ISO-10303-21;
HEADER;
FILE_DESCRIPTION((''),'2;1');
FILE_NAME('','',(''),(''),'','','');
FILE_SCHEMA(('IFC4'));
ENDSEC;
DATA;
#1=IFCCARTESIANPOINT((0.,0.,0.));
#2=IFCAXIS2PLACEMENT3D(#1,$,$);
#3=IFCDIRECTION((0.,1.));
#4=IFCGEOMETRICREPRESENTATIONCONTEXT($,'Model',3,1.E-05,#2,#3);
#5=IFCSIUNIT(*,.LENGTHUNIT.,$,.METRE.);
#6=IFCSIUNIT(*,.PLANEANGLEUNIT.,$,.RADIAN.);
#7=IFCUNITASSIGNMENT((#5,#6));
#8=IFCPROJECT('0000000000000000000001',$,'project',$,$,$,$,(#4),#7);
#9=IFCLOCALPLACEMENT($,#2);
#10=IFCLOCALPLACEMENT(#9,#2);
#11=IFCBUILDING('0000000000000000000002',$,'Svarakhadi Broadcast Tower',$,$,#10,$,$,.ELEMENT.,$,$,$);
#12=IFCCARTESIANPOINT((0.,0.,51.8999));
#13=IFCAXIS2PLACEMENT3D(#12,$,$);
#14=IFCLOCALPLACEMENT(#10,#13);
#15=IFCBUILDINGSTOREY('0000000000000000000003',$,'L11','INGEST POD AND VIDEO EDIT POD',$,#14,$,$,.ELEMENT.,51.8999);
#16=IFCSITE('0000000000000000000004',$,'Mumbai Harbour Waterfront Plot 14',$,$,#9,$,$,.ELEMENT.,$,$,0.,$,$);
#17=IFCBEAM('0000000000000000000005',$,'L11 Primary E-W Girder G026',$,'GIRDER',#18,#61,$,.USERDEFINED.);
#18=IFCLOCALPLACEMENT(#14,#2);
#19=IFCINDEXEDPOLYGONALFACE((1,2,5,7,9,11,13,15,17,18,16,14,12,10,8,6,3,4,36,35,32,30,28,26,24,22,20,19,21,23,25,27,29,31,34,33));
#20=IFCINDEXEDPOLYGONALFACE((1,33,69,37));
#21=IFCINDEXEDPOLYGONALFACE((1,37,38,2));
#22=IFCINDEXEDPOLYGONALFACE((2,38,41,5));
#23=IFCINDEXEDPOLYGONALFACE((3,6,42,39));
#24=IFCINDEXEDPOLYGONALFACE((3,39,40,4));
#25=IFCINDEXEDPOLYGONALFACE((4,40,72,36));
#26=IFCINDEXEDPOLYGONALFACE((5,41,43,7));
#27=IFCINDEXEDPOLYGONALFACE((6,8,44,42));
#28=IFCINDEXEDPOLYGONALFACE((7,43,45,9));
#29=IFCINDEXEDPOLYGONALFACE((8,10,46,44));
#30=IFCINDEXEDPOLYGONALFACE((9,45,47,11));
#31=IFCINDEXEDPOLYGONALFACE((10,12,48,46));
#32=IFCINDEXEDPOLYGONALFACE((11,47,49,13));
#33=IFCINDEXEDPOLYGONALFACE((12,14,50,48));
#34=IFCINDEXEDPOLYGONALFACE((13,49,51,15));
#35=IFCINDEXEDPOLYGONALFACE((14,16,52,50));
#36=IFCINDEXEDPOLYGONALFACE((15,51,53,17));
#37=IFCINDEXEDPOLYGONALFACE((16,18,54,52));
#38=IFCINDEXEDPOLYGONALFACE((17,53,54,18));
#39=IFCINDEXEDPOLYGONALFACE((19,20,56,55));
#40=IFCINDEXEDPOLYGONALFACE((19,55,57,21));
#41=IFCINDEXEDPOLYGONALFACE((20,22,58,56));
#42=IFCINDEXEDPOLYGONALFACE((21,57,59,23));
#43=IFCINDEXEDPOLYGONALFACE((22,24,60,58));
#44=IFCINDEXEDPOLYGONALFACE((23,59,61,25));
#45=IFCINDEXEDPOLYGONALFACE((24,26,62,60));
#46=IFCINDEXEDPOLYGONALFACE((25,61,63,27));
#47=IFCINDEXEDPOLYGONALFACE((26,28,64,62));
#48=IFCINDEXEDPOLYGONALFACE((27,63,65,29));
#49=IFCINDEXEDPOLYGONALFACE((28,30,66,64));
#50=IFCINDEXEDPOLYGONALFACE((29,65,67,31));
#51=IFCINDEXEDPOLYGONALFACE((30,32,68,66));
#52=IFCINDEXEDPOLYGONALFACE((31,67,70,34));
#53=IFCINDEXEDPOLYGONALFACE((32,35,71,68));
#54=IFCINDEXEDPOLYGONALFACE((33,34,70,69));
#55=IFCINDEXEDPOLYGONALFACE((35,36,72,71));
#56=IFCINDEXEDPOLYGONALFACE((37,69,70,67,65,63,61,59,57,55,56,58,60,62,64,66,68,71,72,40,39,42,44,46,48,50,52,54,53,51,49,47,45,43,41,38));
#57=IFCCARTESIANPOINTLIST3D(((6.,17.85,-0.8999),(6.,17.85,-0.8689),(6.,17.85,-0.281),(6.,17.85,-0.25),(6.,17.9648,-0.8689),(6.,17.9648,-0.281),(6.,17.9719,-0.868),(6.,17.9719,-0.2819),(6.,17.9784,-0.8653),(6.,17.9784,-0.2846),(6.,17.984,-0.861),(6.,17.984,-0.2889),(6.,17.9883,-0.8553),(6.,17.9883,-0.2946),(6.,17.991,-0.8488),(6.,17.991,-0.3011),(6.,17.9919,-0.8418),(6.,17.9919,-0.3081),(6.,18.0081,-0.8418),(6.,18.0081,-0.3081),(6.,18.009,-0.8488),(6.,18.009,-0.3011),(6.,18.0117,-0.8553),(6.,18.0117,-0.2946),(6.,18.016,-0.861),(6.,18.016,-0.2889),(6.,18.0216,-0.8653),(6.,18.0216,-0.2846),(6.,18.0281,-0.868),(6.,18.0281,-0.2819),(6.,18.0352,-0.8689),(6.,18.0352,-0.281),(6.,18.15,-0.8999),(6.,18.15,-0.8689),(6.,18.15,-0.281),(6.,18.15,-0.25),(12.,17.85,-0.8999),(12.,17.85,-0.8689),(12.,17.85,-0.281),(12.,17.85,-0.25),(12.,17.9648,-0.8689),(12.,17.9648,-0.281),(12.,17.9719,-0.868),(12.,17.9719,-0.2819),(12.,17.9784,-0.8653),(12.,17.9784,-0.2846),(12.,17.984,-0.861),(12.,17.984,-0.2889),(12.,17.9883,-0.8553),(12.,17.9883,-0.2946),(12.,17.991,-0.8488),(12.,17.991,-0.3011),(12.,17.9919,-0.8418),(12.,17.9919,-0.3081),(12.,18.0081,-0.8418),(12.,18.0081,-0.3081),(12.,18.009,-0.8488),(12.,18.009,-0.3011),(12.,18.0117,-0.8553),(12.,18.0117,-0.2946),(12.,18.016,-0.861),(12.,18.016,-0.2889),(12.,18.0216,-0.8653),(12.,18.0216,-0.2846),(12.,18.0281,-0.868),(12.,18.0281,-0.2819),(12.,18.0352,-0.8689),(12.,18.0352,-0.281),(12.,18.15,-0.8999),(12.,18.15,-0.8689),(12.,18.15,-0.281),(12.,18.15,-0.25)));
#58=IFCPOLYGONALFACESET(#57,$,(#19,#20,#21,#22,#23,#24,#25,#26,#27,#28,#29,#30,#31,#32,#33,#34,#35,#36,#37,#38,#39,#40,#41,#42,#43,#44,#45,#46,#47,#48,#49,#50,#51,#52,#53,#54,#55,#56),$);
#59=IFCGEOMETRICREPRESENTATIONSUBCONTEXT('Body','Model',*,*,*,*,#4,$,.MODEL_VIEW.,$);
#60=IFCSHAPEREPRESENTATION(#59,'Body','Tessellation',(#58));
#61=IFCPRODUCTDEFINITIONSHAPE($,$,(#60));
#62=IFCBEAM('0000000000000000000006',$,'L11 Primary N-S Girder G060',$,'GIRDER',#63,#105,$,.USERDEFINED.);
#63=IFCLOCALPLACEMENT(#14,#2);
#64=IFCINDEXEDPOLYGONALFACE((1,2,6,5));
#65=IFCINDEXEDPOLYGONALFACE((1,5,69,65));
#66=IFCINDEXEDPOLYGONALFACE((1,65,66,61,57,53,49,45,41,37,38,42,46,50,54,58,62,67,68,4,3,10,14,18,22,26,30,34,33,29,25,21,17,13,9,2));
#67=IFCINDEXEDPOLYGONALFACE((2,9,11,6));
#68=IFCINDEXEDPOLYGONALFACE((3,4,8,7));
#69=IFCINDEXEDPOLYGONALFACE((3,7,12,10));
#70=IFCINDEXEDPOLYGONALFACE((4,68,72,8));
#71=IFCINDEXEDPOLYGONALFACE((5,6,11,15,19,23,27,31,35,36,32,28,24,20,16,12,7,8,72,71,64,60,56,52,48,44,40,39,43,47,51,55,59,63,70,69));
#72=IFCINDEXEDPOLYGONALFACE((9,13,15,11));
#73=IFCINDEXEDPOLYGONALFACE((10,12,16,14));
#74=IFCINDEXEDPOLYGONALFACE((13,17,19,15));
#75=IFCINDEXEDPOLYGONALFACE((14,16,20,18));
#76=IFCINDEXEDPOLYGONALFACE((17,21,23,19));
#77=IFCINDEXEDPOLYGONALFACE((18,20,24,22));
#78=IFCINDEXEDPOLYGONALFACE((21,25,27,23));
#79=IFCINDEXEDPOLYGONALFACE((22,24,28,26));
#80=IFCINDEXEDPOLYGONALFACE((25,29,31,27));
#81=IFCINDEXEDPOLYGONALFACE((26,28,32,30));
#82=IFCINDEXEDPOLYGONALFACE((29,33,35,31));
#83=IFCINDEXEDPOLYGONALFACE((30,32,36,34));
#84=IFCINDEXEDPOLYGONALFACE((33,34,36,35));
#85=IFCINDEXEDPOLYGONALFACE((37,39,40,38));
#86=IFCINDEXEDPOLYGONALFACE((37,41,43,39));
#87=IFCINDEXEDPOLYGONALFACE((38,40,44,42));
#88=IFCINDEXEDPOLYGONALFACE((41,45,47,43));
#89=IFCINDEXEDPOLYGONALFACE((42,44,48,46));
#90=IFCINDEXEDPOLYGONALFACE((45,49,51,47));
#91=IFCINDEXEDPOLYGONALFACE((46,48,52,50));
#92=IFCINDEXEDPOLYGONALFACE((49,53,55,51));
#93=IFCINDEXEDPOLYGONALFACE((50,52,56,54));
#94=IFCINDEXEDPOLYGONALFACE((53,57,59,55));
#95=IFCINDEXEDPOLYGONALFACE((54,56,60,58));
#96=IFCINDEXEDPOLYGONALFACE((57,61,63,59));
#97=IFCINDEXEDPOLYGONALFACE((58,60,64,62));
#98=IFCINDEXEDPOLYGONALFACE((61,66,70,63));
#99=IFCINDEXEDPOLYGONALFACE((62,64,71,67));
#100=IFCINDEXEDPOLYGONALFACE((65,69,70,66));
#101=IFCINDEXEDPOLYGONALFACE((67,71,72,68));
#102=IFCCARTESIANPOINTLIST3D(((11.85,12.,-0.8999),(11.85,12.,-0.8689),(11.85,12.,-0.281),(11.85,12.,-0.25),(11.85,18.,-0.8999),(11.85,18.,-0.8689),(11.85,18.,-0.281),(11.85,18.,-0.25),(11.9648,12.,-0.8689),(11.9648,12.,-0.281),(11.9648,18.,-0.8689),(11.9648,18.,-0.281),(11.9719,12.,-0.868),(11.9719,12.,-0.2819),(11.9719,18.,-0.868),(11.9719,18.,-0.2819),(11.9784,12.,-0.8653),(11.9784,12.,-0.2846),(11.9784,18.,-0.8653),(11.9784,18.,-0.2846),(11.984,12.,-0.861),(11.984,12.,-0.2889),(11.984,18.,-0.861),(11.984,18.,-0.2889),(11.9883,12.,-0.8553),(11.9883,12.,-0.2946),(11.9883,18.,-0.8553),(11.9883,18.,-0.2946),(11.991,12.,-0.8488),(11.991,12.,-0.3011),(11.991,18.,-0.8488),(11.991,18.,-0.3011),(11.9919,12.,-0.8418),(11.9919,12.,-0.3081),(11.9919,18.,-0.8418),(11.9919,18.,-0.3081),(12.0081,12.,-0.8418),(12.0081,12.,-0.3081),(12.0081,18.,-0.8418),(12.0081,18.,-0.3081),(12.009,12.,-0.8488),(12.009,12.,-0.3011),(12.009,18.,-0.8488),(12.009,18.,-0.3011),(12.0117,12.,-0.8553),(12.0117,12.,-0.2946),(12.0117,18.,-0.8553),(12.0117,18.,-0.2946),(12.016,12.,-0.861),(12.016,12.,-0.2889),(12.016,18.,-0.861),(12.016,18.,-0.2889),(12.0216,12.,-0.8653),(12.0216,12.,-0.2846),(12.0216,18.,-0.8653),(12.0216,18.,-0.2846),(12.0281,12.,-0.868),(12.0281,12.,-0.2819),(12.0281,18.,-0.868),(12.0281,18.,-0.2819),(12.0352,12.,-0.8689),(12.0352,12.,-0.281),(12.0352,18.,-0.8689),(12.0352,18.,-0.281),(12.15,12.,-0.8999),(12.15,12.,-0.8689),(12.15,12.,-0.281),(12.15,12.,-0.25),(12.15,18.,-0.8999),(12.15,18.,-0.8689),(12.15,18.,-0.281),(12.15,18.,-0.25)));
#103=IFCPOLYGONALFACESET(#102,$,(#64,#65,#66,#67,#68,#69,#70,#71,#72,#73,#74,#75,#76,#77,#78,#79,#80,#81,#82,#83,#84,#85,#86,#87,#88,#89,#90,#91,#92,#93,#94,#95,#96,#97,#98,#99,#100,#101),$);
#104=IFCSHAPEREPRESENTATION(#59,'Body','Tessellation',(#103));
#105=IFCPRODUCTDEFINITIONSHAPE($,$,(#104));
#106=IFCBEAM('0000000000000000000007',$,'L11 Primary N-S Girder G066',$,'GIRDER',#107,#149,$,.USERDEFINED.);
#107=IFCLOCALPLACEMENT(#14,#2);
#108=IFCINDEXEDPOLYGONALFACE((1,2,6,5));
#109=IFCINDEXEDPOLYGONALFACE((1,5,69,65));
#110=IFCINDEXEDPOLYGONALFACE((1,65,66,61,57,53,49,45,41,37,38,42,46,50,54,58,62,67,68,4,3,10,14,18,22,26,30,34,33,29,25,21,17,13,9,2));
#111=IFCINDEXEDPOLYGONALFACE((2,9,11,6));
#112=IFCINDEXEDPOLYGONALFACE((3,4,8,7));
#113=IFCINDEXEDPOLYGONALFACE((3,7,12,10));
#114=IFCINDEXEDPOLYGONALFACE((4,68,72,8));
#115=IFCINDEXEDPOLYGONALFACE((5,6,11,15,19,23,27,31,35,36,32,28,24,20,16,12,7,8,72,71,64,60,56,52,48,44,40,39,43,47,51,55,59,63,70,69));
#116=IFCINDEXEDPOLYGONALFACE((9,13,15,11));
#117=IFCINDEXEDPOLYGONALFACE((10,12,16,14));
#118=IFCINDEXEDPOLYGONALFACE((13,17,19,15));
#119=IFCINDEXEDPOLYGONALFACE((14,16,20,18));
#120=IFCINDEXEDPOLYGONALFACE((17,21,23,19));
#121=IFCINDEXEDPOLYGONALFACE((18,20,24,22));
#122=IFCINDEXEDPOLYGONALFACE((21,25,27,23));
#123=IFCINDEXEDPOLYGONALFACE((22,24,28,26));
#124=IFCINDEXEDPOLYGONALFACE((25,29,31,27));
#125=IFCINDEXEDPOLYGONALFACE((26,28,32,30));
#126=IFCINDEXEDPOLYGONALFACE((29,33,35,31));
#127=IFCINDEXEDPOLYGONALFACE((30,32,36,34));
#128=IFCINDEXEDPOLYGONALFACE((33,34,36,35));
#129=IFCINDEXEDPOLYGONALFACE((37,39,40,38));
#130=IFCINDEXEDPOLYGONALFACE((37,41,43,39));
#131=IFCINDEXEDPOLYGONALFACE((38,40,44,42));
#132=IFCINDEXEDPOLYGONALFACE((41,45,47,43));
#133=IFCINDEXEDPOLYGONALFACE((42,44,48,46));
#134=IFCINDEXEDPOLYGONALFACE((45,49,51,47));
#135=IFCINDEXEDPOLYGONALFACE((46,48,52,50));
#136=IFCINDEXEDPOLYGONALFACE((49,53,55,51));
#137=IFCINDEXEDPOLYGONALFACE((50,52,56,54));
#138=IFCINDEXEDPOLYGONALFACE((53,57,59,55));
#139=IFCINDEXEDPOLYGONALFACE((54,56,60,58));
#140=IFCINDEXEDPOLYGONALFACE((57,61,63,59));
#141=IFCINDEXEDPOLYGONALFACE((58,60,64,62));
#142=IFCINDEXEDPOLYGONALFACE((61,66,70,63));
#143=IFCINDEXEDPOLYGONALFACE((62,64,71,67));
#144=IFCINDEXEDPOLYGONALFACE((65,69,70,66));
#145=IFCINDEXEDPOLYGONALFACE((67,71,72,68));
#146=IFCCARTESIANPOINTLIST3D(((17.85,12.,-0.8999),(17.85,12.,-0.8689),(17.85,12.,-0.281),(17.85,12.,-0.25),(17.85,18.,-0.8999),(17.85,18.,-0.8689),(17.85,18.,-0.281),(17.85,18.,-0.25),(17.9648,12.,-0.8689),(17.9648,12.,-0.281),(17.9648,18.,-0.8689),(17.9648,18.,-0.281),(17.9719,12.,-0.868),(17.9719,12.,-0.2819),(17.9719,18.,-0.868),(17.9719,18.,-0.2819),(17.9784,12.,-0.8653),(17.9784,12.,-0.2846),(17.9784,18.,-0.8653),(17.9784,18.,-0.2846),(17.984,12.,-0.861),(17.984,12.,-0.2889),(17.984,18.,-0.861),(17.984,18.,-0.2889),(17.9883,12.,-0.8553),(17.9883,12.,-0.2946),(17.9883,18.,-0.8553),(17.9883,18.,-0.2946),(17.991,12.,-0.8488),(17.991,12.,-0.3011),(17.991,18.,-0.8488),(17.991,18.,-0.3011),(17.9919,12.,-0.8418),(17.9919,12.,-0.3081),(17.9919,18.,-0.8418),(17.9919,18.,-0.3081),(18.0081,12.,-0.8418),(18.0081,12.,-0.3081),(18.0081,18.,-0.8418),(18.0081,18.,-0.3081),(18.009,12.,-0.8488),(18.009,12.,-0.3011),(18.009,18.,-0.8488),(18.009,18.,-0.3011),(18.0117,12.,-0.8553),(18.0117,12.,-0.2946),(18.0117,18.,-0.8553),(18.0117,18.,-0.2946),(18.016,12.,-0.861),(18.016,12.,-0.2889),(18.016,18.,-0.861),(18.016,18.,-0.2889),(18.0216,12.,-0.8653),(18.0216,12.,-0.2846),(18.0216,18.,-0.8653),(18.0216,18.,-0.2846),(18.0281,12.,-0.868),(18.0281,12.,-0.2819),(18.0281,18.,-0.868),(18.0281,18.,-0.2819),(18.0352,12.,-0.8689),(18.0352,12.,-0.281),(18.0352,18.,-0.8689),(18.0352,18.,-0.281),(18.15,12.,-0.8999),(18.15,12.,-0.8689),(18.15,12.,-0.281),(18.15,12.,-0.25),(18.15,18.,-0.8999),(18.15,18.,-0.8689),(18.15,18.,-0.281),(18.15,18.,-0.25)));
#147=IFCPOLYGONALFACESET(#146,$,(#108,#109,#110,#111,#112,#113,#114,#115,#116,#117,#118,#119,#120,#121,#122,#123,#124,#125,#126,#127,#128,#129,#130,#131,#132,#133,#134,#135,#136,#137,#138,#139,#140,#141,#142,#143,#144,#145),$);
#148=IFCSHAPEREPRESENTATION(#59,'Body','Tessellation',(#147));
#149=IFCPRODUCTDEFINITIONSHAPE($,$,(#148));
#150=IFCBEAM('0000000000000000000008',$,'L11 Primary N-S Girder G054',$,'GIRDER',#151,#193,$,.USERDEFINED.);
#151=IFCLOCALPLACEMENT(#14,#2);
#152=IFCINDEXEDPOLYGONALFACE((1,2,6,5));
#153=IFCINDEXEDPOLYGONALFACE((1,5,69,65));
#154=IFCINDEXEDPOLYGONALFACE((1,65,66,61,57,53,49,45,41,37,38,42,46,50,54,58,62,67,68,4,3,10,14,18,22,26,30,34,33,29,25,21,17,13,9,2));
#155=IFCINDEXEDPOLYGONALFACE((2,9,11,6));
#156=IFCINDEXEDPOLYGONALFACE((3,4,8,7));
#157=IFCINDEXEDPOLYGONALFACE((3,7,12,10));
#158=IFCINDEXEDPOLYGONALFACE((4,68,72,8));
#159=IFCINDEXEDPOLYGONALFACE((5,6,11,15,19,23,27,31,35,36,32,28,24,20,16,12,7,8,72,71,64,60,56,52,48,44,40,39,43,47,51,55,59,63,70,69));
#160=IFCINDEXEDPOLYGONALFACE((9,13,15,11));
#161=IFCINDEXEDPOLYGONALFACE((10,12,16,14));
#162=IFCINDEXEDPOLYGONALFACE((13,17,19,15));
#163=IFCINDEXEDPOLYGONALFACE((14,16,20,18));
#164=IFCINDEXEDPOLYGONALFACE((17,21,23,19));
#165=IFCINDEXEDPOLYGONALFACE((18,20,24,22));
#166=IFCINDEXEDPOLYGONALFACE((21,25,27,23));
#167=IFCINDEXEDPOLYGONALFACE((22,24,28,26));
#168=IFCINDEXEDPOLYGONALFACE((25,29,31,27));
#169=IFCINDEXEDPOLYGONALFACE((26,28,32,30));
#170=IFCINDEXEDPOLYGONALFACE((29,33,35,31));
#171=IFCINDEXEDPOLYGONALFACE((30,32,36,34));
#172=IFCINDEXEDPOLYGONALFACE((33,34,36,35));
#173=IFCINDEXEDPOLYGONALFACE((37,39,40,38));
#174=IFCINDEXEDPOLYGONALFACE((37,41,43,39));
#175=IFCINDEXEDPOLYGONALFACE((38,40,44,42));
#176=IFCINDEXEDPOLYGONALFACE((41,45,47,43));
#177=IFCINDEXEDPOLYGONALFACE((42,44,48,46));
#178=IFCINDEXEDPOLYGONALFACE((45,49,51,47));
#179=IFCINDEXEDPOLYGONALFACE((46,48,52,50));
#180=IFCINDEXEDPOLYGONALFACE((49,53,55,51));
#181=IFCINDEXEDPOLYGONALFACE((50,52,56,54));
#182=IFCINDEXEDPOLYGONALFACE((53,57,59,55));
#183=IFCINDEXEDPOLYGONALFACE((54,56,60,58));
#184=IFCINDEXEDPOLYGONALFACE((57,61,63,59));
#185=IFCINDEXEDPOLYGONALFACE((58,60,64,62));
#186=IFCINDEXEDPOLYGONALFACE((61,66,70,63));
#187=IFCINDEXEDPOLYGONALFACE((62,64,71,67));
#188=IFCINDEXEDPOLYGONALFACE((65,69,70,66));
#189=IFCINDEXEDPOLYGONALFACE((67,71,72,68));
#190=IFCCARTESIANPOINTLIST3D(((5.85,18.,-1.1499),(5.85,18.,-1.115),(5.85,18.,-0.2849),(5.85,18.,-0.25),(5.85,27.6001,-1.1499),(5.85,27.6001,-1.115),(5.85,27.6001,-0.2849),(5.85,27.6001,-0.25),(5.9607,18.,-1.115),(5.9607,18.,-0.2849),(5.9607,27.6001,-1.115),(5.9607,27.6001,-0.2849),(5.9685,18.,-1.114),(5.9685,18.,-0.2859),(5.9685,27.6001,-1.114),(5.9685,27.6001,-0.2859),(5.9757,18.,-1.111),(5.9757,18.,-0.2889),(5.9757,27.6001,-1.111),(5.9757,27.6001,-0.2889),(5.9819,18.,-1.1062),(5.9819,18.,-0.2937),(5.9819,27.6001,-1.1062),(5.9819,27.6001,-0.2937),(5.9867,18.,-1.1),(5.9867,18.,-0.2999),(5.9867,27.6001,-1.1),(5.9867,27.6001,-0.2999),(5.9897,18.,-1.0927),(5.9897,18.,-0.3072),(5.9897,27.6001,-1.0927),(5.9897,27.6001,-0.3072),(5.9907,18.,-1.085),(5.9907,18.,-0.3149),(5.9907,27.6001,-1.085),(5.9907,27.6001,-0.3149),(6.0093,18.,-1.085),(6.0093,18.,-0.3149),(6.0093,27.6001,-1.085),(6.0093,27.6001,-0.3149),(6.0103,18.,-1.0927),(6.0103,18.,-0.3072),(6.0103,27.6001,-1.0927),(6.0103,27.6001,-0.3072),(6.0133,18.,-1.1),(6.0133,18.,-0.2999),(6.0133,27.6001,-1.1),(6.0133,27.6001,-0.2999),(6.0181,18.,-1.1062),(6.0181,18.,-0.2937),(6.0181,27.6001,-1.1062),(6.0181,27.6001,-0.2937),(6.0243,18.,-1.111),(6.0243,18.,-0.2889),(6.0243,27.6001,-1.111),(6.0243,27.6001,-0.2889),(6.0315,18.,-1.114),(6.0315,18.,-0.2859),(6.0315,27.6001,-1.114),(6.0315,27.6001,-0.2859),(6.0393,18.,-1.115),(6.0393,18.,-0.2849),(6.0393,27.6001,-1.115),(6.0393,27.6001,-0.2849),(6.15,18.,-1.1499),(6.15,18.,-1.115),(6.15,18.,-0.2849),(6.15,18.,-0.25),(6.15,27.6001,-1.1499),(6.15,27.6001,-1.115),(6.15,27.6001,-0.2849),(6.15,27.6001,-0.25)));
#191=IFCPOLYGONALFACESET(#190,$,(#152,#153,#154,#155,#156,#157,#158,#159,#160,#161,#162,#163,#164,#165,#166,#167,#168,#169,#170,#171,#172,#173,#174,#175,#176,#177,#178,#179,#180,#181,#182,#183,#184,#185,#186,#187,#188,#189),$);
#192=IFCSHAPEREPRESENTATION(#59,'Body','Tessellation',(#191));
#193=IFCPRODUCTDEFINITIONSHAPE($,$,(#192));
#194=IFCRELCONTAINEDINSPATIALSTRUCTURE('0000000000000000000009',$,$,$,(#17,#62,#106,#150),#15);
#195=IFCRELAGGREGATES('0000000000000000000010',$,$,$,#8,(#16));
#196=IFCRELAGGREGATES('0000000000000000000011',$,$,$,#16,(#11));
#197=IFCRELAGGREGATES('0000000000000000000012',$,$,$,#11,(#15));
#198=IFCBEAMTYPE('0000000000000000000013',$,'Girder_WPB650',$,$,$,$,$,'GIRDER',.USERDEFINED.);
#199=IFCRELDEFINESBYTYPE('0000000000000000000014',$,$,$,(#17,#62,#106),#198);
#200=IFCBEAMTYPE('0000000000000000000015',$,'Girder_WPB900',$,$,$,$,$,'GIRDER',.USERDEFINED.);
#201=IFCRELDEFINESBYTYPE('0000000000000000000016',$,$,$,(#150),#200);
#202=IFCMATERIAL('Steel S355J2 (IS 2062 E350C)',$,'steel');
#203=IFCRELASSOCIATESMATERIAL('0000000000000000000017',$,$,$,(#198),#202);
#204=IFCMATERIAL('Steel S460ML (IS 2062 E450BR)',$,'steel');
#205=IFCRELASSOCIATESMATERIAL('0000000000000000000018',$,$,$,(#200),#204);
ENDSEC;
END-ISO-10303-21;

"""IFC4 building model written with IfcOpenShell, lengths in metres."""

from ifc_helpers import new_model, si_unit, direction, frame, origin, origin_2d, place, context, subcontext, project, spatial, i_section, extrude, material, material_profile, profile_set, type_object, element, save


model = new_model("IFC4")

# Units and contexts
model_context = context("Model", 3, precision=1e-05, world=origin(), true_north=direction((0.0, 1.0)))
body_context = subcontext(model_context, "Body", "Model", "MODEL_VIEW")
ifc_project = project(units=[si_unit("LENGTHUNIT", "METRE"), si_unit("PLANEANGLEUNIT", "RADIAN")], contexts=[model_context])

# Site, building, storey
site_placement = place(None, origin())
site = spatial("IfcSite", under=ifc_project, at=site_placement, Name="Mumbai Harbour Waterfront Plot 14", CompositionType="ELEMENT", RefElevation=0.0)
building_placement = place(site_placement, origin())
building = spatial("IfcBuilding", under=site, at=building_placement, Name="Svarakhadi Broadcast Tower", CompositionType="ELEMENT")
storey_placement = place(building_placement, frame((0.0, 0.0, 51.8999)))
storey = spatial("IfcBuildingStorey", under=building, at=storey_placement, Name="L11", Description="INGEST POD AND VIDEO EDIT POD", CompositionType="ELEMENT", Elevation=51.8999)

# Shared definitions
ifc_material_1 = material(Name="Steel S460ML (IS 2062 E450BR)", Category="steel")

# Beams
ifc_material_2 = material(Name="Steel S355J2 (IS 2062 E350C)", Category="steel")
ifc_material_profile_1 = material_profile(ifc_material_2, i_section(OverallWidth=0.3, OverallDepth=0.6499, WebThickness=0.0161, FlangeThickness=0.031, FilletRadius=0.0271, at=origin_2d()), Name="WPB 650x300x225")
ifc_profile_set_1 = profile_set([ifc_material_profile_1], Name="Steel S355J2 (IS 2062 E350C)")
beam_type_1 = type_object("IfcBeamType", Name="Girder_WPB650", ElementType="GIRDER", PredefinedType="USERDEFINED", material=ifc_profile_set_1)
for number, where, z_axis, x_axis, name in (
    (1, (6.0, 18.0, -0.575), (1.0, 0.0, 0.0), (0.0, 1.0, 0.0), "L11 Primary E-W Girder G026"),
    (2, (12.0, 12.0, -0.575), (0.0, 1.0, 0.0), (-1.0, 0.0, 0.0), "L11 Primary N-S Girder G060"),
    (3, (18.0, 12.0, -0.575), (0.0, 1.0, 0.0), (-1.0, 0.0, 0.0), "L11 Primary N-S Girder G066"),
):
    element("IfcBeam", number, at=place(storey_placement, frame(where, z_axis=z_axis, x_axis=x_axis)), inside=storey, type_object=beam_type_1, Name=name, ObjectType="GIRDER", PredefinedType="USERDEFINED", context=body_context, shape_type="SweptSolid", body=[
        extrude(i_section(OverallWidth=0.3, OverallDepth=0.6499, WebThickness=0.0161, FlangeThickness=0.031, FilletRadius=0.0271, at=origin_2d()), origin(), (0.0, 0.0, 1.0), 6.0),
    ])
ifc_material_profile_2 = material_profile(ifc_material_1, i_section(OverallWidth=0.3, OverallDepth=0.8999, WebThickness=0.0186, FlangeThickness=0.0349, FilletRadius=0.03, at=origin_2d()), Name="WPB 900x300x291")
ifc_profile_set_2 = profile_set([ifc_material_profile_2], Name="Steel S460ML (IS 2062 E450BR)")
beam_type_2 = type_object("IfcBeamType", Name="Girder_WPB900", ElementType="GIRDER", PredefinedType="USERDEFINED", material=ifc_profile_set_2)
beam_placement = place(storey_placement, frame((6.0, 18.0, -0.7), z_axis=(0.0, 1.0, 0.0), x_axis=(-1.0, 0.0, 0.0)))
element("IfcBeam", 4, at=beam_placement, inside=storey, type_object=beam_type_2, Name="L11 Primary N-S Girder G054", ObjectType="GIRDER", PredefinedType="USERDEFINED", context=body_context, shape_type="SweptSolid", body=[
    extrude(i_section(OverallWidth=0.3, OverallDepth=0.8999, WebThickness=0.0186, FlangeThickness=0.0349, FilletRadius=0.03, at=origin_2d()), origin(), (0.0, 0.0, 1.0), 9.6001),
])

save(model, "model.ifc")
